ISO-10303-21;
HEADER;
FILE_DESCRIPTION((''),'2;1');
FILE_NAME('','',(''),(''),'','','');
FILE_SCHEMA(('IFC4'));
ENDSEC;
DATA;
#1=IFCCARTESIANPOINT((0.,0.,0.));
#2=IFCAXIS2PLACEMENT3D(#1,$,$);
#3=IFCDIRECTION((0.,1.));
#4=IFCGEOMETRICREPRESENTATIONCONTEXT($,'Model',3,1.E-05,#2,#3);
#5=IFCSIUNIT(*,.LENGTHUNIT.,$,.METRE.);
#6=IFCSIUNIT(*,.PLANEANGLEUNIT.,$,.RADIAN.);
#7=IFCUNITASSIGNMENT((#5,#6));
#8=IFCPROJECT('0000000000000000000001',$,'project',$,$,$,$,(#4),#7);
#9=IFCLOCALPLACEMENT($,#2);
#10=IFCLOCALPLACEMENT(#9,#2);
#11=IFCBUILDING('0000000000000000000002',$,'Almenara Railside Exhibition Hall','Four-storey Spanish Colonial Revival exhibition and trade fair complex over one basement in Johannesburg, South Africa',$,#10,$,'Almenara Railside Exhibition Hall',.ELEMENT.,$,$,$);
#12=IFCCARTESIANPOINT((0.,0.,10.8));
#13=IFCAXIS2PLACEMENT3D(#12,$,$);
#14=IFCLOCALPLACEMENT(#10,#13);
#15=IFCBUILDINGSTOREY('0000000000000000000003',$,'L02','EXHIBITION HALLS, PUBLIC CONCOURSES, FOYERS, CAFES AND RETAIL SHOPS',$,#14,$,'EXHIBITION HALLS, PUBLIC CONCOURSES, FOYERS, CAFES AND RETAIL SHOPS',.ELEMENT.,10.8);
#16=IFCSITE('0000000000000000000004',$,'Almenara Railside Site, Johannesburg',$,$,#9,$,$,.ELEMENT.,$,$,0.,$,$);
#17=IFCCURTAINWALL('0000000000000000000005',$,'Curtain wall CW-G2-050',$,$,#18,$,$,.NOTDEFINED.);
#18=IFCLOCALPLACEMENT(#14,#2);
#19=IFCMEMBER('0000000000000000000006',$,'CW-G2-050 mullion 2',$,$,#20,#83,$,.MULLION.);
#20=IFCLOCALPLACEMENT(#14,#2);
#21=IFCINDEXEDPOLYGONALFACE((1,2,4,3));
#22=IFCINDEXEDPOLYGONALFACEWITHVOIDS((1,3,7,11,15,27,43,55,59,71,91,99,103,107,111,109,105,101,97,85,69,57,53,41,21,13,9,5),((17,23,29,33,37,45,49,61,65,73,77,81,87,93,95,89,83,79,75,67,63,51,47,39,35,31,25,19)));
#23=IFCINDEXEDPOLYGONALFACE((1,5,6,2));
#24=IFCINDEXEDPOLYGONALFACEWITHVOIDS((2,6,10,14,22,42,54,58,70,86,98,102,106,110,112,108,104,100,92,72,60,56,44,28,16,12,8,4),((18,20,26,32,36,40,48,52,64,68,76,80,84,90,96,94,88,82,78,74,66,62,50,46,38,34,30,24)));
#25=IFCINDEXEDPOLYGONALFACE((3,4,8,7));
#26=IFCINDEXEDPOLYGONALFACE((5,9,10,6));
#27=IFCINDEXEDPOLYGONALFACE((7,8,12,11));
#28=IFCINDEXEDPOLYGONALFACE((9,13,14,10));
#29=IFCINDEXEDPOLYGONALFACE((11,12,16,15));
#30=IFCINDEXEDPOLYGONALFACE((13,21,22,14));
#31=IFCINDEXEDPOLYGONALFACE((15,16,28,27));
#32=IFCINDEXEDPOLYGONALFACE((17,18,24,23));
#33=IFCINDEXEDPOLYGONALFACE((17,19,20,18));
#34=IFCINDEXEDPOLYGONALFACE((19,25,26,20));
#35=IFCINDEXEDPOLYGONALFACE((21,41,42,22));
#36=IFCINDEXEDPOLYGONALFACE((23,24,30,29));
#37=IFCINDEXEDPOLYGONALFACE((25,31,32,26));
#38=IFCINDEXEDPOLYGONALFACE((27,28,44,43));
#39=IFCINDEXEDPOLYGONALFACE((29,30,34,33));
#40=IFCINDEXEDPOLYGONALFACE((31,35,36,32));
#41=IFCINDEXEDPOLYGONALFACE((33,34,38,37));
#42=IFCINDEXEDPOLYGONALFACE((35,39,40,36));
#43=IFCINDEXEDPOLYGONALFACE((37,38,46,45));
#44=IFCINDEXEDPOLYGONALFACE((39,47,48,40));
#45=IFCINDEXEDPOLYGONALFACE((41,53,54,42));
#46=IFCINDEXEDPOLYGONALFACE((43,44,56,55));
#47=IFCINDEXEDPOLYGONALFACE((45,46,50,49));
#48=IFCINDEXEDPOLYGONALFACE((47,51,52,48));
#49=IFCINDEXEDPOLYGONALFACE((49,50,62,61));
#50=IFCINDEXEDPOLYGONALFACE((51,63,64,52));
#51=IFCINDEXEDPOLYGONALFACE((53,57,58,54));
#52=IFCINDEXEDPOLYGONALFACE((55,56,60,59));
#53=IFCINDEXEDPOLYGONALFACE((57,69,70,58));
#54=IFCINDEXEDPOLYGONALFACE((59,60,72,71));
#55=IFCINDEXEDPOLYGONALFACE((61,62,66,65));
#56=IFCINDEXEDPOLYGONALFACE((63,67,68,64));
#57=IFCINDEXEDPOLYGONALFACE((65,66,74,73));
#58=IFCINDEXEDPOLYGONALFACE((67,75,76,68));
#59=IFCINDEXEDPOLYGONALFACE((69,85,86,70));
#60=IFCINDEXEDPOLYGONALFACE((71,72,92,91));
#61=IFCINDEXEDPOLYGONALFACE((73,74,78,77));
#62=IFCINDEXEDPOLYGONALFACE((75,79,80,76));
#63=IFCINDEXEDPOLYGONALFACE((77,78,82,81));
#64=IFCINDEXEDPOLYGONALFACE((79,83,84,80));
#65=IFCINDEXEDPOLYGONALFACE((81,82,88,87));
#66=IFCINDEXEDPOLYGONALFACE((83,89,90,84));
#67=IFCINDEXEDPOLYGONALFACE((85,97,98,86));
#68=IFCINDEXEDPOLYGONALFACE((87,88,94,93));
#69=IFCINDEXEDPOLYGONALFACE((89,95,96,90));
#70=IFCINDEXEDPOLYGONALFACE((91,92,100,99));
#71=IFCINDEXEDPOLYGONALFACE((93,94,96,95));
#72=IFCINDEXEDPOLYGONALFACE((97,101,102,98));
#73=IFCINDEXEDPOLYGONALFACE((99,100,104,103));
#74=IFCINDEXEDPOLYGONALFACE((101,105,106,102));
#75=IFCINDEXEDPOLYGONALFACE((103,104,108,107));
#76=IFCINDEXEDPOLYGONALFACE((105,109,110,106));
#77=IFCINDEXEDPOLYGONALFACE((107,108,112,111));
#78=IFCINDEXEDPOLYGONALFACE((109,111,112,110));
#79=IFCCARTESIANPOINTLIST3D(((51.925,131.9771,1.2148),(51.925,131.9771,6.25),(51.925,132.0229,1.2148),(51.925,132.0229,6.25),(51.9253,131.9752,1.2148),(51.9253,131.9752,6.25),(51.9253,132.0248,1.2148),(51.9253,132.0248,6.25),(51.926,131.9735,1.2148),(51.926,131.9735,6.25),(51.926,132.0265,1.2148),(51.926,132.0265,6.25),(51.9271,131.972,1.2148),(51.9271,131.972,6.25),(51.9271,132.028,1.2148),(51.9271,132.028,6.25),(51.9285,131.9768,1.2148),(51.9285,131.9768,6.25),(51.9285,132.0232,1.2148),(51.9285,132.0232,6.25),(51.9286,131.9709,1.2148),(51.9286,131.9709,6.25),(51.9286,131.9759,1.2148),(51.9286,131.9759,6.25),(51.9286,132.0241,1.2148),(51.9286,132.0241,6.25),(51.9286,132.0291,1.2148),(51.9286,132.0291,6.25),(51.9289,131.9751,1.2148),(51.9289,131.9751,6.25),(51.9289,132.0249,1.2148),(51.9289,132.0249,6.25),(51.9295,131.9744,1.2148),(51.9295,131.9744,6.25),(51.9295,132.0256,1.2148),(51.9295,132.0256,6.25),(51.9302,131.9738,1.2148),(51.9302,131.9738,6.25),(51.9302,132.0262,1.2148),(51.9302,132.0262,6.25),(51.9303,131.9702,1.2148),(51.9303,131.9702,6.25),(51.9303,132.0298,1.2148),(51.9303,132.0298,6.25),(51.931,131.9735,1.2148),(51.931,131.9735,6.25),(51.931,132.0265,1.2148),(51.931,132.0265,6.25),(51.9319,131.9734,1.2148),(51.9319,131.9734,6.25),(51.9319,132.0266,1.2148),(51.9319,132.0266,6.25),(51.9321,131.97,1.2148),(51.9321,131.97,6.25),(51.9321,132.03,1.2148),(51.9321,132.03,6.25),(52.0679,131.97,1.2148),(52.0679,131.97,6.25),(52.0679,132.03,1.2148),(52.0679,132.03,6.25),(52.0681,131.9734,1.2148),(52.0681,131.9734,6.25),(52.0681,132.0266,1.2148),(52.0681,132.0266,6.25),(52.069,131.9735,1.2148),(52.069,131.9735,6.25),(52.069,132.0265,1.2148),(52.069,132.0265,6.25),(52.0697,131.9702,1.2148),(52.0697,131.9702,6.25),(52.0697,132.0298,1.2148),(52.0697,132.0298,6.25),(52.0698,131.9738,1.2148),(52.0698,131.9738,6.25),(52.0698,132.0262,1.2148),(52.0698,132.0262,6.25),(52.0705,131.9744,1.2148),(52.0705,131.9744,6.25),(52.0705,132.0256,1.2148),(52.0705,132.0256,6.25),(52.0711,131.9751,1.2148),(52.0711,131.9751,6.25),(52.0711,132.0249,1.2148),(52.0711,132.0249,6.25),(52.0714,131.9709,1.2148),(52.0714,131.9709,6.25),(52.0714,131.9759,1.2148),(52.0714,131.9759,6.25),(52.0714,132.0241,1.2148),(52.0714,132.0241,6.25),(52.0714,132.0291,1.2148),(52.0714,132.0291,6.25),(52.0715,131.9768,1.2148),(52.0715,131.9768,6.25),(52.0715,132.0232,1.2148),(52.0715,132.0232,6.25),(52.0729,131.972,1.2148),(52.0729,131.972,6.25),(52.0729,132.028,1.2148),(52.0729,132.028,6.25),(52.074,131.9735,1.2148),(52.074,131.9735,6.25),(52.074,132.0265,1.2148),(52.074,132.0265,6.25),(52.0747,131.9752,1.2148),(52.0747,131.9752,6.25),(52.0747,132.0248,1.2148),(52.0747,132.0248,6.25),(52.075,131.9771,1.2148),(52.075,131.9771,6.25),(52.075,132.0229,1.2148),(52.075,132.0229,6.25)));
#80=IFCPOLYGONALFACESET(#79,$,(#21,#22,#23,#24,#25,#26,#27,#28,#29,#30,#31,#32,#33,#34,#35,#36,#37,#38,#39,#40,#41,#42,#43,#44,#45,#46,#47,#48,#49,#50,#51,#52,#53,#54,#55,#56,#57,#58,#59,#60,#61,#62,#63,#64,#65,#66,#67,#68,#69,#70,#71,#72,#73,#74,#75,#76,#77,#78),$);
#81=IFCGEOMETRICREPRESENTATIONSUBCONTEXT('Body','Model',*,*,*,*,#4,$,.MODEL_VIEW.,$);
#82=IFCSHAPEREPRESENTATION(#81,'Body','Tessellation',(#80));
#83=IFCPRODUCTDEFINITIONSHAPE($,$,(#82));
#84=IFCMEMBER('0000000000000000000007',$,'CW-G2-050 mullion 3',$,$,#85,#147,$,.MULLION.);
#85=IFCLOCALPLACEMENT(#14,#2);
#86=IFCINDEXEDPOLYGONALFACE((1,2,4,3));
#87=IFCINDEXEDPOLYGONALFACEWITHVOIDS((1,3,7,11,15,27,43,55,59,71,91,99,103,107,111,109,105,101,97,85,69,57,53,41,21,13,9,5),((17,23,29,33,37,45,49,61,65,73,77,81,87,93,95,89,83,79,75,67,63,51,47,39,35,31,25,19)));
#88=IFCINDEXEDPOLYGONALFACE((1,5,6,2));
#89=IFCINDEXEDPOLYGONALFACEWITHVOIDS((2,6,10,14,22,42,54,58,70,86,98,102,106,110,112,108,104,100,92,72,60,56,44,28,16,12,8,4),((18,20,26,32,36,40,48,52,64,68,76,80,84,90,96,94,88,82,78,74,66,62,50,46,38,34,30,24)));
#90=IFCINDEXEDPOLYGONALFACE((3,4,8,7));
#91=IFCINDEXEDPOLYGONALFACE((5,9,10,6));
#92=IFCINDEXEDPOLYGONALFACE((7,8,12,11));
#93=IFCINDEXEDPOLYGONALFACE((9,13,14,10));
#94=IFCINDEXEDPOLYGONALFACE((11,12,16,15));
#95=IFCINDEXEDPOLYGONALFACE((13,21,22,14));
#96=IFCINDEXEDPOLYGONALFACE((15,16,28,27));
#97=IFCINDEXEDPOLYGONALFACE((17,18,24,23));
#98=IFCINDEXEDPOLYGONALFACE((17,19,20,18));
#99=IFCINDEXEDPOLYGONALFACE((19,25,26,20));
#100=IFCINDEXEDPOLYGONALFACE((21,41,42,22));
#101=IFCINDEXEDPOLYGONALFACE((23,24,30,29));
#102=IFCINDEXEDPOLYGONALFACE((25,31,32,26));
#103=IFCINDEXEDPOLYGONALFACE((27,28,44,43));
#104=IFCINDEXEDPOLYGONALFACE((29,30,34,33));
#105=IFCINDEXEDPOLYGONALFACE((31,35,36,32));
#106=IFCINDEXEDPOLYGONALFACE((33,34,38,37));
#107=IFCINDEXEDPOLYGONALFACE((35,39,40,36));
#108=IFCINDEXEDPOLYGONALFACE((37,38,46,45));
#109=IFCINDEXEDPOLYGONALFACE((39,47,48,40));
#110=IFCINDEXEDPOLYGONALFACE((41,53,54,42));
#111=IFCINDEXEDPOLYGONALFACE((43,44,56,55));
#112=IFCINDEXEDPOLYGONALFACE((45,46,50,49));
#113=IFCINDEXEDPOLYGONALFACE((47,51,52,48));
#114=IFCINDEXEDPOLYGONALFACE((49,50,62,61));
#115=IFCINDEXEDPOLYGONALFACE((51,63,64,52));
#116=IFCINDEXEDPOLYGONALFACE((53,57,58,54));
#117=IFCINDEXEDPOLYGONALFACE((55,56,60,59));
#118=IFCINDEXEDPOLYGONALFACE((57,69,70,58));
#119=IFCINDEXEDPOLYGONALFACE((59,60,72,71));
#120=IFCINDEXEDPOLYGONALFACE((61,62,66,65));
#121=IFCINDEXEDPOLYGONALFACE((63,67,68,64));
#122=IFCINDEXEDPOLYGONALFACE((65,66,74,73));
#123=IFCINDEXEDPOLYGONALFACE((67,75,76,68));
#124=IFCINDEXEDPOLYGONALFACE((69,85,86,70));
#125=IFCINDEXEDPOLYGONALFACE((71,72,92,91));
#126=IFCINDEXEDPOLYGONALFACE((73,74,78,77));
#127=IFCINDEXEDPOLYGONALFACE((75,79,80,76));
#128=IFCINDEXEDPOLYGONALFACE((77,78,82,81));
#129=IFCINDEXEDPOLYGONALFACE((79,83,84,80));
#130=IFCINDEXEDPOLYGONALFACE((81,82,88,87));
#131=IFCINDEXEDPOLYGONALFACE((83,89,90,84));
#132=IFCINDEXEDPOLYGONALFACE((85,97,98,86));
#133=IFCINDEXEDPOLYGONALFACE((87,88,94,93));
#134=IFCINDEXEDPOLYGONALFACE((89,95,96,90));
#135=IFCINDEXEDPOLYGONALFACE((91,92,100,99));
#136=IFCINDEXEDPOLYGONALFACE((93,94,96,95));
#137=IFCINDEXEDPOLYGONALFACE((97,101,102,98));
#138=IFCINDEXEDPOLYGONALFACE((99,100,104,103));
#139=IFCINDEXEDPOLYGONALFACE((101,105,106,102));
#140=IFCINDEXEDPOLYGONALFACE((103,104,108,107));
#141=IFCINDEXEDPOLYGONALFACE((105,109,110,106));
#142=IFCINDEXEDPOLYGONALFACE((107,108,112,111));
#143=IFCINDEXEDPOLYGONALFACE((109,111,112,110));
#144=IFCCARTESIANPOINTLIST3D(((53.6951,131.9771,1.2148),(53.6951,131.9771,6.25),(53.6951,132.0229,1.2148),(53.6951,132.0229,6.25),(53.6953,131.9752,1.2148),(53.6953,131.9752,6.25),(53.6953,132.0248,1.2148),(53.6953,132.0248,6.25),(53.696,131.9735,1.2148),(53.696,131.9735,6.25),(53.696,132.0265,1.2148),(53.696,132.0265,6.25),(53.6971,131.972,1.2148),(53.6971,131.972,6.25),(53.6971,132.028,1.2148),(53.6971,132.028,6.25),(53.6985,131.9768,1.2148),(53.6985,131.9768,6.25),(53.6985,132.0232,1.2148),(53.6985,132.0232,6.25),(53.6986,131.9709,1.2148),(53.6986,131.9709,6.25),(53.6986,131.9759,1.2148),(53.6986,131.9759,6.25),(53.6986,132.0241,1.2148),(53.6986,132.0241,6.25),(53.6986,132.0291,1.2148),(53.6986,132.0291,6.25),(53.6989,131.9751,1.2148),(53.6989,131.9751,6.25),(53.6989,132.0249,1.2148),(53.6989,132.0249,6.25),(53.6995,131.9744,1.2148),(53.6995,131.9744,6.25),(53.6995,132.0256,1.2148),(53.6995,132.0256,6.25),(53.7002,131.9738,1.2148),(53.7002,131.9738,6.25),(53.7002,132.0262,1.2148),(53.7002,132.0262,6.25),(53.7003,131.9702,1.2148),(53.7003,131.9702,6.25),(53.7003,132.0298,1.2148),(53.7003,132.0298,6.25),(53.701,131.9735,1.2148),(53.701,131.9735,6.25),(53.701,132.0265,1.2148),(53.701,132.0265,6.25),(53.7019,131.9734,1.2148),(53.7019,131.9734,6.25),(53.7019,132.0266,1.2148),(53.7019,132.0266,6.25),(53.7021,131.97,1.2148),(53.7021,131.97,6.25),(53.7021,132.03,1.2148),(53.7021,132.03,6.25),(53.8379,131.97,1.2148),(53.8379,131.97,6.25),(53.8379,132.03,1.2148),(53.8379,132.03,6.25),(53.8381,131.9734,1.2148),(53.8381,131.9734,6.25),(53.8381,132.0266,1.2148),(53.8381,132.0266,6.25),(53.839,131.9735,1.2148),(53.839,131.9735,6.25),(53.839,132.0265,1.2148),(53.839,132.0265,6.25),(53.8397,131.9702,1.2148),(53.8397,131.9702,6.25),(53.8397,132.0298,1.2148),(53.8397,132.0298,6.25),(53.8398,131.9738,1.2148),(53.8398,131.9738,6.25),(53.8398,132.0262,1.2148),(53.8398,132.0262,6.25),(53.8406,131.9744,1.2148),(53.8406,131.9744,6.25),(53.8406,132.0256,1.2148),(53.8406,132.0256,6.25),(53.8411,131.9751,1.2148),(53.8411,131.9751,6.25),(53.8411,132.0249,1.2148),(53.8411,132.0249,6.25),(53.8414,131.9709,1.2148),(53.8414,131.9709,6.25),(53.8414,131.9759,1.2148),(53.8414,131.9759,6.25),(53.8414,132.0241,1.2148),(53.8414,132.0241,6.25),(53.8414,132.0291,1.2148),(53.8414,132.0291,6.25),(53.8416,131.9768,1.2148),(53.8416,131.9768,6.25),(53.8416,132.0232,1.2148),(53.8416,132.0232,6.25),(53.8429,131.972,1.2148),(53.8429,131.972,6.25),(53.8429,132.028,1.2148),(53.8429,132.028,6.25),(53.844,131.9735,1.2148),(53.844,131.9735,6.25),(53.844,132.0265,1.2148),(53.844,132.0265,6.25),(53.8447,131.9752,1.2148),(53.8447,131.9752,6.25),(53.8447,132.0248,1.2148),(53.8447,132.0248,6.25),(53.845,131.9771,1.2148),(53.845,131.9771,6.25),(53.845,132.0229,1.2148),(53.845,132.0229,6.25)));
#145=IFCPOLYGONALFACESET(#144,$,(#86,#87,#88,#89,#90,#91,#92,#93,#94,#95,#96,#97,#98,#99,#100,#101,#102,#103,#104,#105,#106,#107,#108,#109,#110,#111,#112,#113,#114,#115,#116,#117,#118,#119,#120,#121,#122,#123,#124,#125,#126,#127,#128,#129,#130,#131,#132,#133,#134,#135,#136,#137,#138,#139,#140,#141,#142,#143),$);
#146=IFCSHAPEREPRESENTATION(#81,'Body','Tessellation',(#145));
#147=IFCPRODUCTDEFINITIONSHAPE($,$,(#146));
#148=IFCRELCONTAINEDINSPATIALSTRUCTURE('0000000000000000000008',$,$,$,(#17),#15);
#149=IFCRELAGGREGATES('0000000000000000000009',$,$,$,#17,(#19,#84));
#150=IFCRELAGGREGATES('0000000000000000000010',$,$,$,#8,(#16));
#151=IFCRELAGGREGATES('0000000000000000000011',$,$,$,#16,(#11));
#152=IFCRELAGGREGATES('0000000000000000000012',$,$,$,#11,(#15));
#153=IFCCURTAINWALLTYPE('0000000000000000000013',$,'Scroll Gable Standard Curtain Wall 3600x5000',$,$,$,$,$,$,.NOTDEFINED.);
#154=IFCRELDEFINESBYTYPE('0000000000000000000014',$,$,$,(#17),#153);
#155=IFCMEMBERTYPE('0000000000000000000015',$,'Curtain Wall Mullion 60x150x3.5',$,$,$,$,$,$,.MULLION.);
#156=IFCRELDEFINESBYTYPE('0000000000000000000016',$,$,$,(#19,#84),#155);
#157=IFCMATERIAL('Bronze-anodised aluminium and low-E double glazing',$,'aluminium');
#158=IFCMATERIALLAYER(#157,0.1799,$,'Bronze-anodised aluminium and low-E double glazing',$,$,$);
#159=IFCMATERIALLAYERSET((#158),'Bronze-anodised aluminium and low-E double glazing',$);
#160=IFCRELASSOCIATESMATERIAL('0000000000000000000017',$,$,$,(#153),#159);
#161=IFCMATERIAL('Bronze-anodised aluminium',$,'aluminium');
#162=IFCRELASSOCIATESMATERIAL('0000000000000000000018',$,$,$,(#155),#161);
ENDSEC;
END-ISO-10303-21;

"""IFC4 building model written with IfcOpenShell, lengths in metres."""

from ifc_helpers import new_model, si_unit, direction, frame, origin, origin_2d, place, context, subcontext, project, spatial, hollow_rectangle, extrude, material, layer, layer_set, material_profile, profile_set, type_object, element, aggregate, save


model = new_model("IFC4")

# Units and contexts
model_context = context("Model", 3, precision=1e-05, world=origin(), true_north=direction((0.0, 1.0)))
body_context = subcontext(model_context, "Body", "Model", "MODEL_VIEW")
ifc_project = project(units=[si_unit("LENGTHUNIT", "METRE"), si_unit("PLANEANGLEUNIT", "RADIAN")], contexts=[model_context])

# Site, building, storey
site_placement = place(None, origin())
site = spatial("IfcSite", under=ifc_project, at=site_placement, Name="Almenara Railside Site, Johannesburg", CompositionType="ELEMENT", RefElevation=0.0)
building_placement = place(site_placement, origin())
building = spatial("IfcBuilding", under=site, at=building_placement, Name="Almenara Railside Exhibition Hall", Description="Four-storey Spanish Colonial Revival exhibition and trade fair complex over one basement in Johannesburg, South Africa", LongName="Almenara Railside Exhibition Hall", CompositionType="ELEMENT")
storey_placement = place(building_placement, frame((0.0, 0.0, 10.8)))
storey = spatial("IfcBuildingStorey", under=building, at=storey_placement, Name="L02", Description="EXHIBITION HALLS, PUBLIC CONCOURSES, FOYERS, CAFES AND RETAIL SHOPS", LongName="EXHIBITION HALLS, PUBLIC CONCOURSES, FOYERS, CAFES AND RETAIL SHOPS", CompositionType="ELEMENT", Elevation=10.8)

# Curtain wall, members
ifc_material_1 = material(Name="Bronze-anodised aluminium and low-E double glazing", Category="aluminium")
ifc_layer_1 = layer(ifc_material_1, 0.1799, Name="Bronze-anodised aluminium and low-E double glazing")
ifc_layer_set_1 = layer_set([ifc_layer_1], Name="Bronze-anodised aluminium and low-E double glazing")
curtain_wall_type_1 = type_object("IfcCurtainWallType", Name="Scroll Gable Standard Curtain Wall 3600x5000", PredefinedType="NOTDEFINED", material=ifc_layer_set_1)
curtain_wall_1_placement = place(storey_placement, origin())
curtain_wall_1 = element("IfcCurtainWall", 1, at=curtain_wall_1_placement, inside=storey, type_object=curtain_wall_type_1, Name="Curtain wall CW-G2-050", PredefinedType="NOTDEFINED")
ifc_material_2 = material(Name="Bronze-anodised aluminium", Category="aluminium")
ifc_material_profile_1 = material_profile(ifc_material_2, hollow_rectangle(XDim=0.0601, YDim=0.1499, WallThickness=0.0034, InnerFilletRadius=0.0034, OuterFilletRadius=0.0071, at=origin_2d()), Name="ALU-MUL 60x150x3.5")
ifc_profile_set_1 = profile_set([ifc_material_profile_1], Name="Bronze-anodised aluminium")
member_type_1 = type_object("IfcMemberType", Name="Curtain Wall Mullion 60x150x3.5", PredefinedType="MULLION", material=ifc_profile_set_1)
member_1_placement = place(storey_placement, frame((52.0, 132.0, 1.2148), z_axis=(0.0, 0.0, 1.0), x_axis=(0.0, 1.0, 0.0)))
member_1 = element("IfcMember", 2, at=member_1_placement, type_object=member_type_1, Name="CW-G2-050 mullion 2", PredefinedType="MULLION", context=body_context, shape_type="SweptSolid", body=[
    extrude(hollow_rectangle(XDim=0.0601, YDim=0.1499, WallThickness=0.0034, InnerFilletRadius=0.0034, OuterFilletRadius=0.0071, at=origin_2d()), origin(), (0.0, 0.0, 1.0), 5.0352),
])
member_2_placement = place(storey_placement, frame((53.77, 132.0, 1.2148), z_axis=(0.0, 0.0, 1.0), x_axis=(0.0, 1.0, 0.0)))
member_2 = element("IfcMember", 3, at=member_2_placement, type_object=member_type_1, Name="CW-G2-050 mullion 3", PredefinedType="MULLION", context=body_context, shape_type="SweptSolid", body=[
    extrude(hollow_rectangle(XDim=0.0601, YDim=0.1499, WallThickness=0.0034, InnerFilletRadius=0.0034, OuterFilletRadius=0.0071, at=origin_2d()), origin(), (0.0, 0.0, 1.0), 5.0352),
])

aggregate(curtain_wall_1, [member_1, member_2])

save(model, "model.ifc")
